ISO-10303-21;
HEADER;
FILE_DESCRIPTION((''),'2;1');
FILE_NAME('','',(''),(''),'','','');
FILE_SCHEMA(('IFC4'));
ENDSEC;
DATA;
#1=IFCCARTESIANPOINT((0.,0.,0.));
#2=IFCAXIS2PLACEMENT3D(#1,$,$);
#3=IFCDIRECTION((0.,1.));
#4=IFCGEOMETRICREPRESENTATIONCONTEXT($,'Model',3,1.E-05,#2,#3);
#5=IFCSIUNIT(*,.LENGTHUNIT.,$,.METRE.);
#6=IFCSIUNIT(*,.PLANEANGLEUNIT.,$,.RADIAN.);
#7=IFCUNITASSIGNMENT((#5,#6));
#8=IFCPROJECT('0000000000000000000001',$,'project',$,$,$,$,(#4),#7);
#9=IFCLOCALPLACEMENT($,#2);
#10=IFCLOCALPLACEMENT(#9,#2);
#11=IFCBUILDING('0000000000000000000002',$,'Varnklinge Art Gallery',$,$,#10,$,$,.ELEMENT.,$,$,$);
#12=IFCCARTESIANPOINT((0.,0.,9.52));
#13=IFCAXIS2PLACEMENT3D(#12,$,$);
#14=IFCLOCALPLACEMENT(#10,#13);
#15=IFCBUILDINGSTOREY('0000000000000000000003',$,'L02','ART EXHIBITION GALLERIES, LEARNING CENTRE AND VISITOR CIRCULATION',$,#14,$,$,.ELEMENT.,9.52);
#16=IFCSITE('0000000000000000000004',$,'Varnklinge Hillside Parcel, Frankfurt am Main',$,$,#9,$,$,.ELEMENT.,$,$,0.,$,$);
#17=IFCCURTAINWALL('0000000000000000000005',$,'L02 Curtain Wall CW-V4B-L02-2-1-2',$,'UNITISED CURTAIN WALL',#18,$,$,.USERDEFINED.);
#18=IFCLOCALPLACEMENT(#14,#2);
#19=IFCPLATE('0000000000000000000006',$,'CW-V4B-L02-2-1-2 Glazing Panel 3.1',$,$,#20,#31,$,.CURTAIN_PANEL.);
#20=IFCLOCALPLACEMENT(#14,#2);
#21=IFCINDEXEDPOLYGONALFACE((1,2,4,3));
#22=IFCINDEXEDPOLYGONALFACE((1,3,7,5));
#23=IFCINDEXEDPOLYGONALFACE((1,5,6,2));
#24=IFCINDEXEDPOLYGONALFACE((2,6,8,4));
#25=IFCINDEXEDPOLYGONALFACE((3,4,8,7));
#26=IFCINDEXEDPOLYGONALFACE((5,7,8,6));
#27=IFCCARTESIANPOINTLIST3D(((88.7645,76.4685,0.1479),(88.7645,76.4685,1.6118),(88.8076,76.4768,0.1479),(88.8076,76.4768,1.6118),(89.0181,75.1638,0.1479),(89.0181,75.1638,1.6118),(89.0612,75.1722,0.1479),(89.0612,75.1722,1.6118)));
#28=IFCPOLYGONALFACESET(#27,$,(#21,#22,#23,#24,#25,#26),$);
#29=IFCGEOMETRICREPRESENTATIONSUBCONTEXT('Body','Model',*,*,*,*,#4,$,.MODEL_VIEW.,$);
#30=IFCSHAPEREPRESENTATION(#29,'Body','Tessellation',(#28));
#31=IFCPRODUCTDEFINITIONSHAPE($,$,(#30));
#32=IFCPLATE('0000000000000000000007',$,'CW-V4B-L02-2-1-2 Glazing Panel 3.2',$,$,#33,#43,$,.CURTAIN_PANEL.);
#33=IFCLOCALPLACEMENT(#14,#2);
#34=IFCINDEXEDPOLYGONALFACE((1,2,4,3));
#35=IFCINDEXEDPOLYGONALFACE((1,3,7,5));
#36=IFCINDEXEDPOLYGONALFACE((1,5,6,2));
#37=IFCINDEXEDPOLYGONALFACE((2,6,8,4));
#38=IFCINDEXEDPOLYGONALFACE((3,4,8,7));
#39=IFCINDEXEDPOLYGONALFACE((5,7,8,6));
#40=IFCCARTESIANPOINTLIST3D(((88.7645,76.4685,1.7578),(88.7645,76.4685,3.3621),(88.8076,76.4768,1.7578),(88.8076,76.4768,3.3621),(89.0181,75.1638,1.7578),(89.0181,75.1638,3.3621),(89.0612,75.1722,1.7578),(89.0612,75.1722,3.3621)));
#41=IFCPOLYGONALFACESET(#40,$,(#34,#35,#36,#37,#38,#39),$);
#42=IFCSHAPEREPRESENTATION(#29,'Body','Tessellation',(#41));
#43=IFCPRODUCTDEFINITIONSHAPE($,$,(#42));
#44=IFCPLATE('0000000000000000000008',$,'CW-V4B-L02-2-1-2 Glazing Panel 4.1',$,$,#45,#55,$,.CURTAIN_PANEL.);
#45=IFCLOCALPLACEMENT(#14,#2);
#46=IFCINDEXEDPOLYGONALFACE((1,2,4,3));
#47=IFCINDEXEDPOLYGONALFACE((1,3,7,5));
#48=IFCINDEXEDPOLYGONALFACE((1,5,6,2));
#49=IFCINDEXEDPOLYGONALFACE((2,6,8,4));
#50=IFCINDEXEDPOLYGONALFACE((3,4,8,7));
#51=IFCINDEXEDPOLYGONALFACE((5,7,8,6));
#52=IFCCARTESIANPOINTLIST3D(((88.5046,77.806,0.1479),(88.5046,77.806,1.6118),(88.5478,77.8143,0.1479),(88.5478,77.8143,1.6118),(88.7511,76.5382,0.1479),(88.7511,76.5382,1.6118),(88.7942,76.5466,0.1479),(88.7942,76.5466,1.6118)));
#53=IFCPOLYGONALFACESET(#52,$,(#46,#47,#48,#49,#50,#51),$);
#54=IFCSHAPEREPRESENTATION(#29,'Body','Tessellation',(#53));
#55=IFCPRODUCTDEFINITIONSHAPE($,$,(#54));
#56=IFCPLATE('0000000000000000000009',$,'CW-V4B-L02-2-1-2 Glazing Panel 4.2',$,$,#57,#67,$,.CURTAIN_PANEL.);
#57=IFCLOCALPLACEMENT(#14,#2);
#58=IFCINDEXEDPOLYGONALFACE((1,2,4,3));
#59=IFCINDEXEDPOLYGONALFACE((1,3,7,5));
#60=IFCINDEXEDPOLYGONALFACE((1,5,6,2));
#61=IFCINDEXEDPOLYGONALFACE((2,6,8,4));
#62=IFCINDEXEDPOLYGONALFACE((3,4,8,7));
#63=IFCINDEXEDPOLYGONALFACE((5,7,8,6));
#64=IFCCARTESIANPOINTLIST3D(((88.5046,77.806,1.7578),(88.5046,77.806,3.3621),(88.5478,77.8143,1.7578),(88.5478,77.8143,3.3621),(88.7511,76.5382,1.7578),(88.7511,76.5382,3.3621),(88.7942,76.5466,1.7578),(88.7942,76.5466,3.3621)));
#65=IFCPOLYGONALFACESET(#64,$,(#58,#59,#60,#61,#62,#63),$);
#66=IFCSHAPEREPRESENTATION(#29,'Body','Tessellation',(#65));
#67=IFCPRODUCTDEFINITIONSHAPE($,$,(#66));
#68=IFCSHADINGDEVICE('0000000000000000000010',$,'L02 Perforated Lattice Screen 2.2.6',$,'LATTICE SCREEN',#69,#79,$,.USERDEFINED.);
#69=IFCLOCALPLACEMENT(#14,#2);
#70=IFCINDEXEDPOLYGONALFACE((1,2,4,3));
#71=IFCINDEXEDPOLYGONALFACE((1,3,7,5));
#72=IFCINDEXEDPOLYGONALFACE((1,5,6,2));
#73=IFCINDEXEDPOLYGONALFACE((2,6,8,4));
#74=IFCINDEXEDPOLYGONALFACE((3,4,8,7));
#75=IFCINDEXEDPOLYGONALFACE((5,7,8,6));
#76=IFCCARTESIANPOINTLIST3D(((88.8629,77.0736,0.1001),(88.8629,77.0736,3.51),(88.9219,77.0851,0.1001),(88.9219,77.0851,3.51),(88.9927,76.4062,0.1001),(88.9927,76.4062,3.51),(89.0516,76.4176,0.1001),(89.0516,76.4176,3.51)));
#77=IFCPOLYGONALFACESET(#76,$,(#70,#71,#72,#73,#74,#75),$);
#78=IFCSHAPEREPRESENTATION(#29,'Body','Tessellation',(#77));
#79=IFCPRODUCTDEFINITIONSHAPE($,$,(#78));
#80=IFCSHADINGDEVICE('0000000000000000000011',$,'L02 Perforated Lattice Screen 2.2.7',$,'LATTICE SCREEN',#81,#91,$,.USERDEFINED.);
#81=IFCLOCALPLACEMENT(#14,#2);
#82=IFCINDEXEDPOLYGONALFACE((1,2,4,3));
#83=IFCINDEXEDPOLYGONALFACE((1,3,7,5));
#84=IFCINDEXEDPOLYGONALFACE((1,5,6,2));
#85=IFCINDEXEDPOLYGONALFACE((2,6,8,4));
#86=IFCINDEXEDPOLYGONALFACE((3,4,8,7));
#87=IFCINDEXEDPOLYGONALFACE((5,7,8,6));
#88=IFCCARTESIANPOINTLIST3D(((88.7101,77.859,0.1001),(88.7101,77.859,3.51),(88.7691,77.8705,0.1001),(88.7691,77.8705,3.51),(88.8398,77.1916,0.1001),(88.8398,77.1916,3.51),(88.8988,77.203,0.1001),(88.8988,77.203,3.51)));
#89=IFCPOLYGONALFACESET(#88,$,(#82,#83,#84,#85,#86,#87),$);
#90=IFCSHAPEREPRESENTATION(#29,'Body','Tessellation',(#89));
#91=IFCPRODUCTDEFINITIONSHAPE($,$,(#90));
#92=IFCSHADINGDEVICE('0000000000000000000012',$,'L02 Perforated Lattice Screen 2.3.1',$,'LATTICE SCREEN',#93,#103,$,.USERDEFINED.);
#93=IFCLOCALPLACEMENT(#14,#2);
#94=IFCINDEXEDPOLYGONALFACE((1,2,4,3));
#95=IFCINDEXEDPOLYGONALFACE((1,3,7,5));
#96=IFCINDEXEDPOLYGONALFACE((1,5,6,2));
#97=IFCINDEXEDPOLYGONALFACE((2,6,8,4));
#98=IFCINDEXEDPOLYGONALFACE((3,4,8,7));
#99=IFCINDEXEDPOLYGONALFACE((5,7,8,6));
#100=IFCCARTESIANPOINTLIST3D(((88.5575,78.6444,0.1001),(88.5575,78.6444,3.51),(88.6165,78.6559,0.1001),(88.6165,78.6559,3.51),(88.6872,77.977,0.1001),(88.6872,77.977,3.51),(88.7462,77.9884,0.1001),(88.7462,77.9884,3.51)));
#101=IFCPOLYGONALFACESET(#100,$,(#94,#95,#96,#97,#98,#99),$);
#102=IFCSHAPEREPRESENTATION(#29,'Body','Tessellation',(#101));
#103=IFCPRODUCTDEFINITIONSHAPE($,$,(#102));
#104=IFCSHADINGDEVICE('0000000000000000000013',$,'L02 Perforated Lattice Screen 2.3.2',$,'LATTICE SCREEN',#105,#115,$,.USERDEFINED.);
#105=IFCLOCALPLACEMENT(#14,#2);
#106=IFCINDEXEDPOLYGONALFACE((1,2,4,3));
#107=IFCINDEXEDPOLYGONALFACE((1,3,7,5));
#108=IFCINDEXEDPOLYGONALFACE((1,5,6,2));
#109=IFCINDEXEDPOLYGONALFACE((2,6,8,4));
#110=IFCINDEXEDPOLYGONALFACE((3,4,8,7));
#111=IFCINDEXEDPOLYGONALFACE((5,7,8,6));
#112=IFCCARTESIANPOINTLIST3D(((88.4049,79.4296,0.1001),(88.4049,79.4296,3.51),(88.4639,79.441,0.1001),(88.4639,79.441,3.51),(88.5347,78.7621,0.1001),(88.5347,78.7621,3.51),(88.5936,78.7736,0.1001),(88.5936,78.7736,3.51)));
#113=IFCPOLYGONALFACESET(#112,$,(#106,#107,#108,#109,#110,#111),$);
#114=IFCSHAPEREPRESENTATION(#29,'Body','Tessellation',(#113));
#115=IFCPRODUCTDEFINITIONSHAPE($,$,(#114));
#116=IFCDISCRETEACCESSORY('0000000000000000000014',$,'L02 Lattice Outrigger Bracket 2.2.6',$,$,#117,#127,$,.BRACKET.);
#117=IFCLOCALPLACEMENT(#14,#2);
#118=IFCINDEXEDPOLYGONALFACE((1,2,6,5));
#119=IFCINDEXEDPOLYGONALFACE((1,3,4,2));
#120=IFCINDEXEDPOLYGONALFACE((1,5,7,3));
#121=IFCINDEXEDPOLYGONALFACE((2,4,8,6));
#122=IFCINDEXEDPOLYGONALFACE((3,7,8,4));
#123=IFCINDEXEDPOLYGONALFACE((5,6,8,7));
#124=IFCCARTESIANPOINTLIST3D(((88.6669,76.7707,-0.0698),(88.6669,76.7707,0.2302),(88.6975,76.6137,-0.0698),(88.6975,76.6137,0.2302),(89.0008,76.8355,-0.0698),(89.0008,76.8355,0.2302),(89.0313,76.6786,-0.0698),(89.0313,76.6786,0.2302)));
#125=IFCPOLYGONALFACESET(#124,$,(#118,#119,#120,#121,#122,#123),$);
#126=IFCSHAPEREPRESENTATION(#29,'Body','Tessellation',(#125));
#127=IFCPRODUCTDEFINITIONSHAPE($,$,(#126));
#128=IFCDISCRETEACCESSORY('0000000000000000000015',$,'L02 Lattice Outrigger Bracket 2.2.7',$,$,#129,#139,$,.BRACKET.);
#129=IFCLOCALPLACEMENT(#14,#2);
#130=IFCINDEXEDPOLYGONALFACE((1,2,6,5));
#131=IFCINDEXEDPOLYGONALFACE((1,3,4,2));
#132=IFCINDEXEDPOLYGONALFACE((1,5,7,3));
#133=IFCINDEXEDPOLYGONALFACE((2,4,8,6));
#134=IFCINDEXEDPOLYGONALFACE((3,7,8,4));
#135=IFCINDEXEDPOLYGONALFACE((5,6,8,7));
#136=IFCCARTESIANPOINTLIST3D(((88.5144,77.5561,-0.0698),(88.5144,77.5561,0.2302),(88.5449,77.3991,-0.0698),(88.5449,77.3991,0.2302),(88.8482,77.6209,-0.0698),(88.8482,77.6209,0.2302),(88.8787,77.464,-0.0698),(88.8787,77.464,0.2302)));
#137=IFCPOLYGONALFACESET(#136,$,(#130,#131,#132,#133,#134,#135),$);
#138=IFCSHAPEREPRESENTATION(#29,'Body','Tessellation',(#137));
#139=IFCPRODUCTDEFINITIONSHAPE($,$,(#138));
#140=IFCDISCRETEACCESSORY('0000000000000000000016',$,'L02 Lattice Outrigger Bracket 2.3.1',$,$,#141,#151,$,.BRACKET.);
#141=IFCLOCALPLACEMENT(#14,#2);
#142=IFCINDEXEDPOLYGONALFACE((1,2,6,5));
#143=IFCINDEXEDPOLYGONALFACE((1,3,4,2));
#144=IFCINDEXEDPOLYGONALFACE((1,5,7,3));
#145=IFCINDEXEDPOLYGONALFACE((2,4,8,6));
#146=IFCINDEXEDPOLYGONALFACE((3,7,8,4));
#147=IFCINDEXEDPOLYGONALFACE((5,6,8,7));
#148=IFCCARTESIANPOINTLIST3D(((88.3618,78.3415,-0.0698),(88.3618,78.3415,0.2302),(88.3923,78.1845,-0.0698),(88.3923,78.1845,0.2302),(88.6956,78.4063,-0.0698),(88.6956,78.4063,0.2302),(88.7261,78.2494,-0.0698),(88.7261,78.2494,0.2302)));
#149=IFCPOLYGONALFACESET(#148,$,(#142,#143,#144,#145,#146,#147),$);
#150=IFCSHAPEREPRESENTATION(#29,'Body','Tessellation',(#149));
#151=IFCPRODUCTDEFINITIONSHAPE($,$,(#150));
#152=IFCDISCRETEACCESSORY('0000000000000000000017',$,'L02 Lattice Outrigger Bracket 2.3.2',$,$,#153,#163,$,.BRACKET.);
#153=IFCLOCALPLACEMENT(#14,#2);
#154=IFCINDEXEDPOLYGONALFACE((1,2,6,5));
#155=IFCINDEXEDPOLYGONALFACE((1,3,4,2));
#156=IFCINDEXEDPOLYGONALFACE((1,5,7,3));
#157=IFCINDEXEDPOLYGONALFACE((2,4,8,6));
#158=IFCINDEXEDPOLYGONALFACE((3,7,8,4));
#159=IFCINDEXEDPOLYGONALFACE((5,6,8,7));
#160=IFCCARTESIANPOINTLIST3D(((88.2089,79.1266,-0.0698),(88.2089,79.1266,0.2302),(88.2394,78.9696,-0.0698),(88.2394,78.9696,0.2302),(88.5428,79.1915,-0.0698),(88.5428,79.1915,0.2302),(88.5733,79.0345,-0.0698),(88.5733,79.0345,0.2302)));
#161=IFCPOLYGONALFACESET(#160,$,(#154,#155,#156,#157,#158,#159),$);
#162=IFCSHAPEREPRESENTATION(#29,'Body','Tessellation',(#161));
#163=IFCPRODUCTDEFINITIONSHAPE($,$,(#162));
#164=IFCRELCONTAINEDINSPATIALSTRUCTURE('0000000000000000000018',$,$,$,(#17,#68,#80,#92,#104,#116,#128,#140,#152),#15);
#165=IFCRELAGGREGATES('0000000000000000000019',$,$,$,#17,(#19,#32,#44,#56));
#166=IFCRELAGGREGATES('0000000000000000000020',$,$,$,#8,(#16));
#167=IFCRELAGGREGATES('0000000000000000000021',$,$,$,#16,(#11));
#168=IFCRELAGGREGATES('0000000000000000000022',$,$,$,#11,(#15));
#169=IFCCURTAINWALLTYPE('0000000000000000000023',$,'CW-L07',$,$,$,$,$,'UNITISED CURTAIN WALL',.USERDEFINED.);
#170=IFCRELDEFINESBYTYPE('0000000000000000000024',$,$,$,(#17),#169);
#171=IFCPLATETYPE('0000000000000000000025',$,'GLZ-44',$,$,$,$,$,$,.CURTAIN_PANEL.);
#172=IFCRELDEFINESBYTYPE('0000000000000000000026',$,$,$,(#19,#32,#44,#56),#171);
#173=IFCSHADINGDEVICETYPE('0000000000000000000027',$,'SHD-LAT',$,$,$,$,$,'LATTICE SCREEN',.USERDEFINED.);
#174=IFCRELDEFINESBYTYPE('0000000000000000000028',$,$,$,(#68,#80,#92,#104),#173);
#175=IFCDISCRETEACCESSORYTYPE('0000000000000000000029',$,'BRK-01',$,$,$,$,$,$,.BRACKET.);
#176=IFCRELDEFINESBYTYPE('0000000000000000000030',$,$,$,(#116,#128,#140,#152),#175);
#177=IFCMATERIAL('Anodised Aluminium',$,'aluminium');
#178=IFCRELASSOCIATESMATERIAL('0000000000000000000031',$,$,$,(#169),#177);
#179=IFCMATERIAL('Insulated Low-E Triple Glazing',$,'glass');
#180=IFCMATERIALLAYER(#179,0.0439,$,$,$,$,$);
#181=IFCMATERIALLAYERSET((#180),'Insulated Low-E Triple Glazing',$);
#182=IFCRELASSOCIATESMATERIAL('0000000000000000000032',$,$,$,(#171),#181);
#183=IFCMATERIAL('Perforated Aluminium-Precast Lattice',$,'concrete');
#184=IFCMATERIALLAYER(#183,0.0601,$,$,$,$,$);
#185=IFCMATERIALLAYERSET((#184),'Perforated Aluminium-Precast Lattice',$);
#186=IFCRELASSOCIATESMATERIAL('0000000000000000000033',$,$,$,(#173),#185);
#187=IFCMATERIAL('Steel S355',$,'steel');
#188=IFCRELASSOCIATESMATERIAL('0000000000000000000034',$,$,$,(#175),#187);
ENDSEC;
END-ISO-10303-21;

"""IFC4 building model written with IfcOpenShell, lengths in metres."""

from ifc_helpers import new_model, si_unit, direction, frame, origin, origin_2d, place, context, subcontext, project, spatial, rectangle, extrude, material, layer, layer_set, type_object, element, aggregate, save


model = new_model("IFC4")

# Units and contexts
model_context = context("Model", 3, precision=1e-05, world=origin(), true_north=direction((0.0, 1.0)))
body_context = subcontext(model_context, "Body", "Model", "MODEL_VIEW")
ifc_project = project(units=[si_unit("LENGTHUNIT", "METRE"), si_unit("PLANEANGLEUNIT", "RADIAN")], contexts=[model_context])

# Site, building, storey
site_placement = place(None, origin())
site = spatial("IfcSite", under=ifc_project, at=site_placement, Name="Varnklinge Hillside Parcel, Frankfurt am Main", CompositionType="ELEMENT", RefElevation=0.0)
building_placement = place(site_placement, origin())
building = spatial("IfcBuilding", under=site, at=building_placement, Name="Varnklinge Art Gallery", CompositionType="ELEMENT")
storey_placement = place(building_placement, frame((0.0, 0.0, 9.52)))
storey = spatial("IfcBuildingStorey", under=building, at=storey_placement, Name="L02", Description="ART EXHIBITION GALLERIES, LEARNING CENTRE AND VISITOR CIRCULATION", CompositionType="ELEMENT", Elevation=9.52)

# Curtain wall
ifc_material_1 = material(Name="Anodised Aluminium", Category="aluminium")
curtain_wall_type = type_object("IfcCurtainWallType", Name="CW-L07", ElementType="UNITISED CURTAIN WALL", PredefinedType="USERDEFINED", material=ifc_material_1)
curtain_wall_1_placement = place(storey_placement, origin())
curtain_wall_1 = element("IfcCurtainWall", 1, at=curtain_wall_1_placement, inside=storey, type_object=curtain_wall_type, Name="L02 Curtain Wall CW-V4B-L02-2-1-2", ObjectType="UNITISED CURTAIN WALL", PredefinedType="USERDEFINED")

# Plates
ifc_material_2 = material(Name="Insulated Low-E Triple Glazing", Category="glass")
ifc_layer_1 = layer(ifc_material_2, 0.0439)
ifc_layer_set_1 = layer_set([ifc_layer_1], Name="Insulated Low-E Triple Glazing")
plate_type = type_object("IfcPlateType", Name="GLZ-44", PredefinedType="CURTAIN_PANEL", material=ifc_layer_set_1)
plate_1_placement = place(storey_placement, frame((88.9128, 75.8203, 0.1479), z_axis=(0.0, 0.0, 1.0), x_axis=(-0.190809, 0.981627, 0.0)))
plate_1 = element("IfcPlate", 2, at=plate_1_placement, type_object=plate_type, Name="CW-V4B-L02-2-1-2 Glazing Panel 3.1", PredefinedType="CURTAIN_PANEL", context=body_context, shape_type="SweptSolid", body=[
    extrude(rectangle(XDim=1.3291, YDim=0.0439, at=origin_2d()), origin(), (0.0, 0.0, 1.0), 1.4639),
])
plate_2_placement = place(storey_placement, frame((88.9128, 75.8203, 1.7578), z_axis=(0.0, 0.0, 1.0), x_axis=(-0.190809, 0.981627, 0.0)))
plate_2 = element("IfcPlate", 3, at=plate_2_placement, type_object=plate_type, Name="CW-V4B-L02-2-1-2 Glazing Panel 3.2", PredefinedType="CURTAIN_PANEL", context=body_context, shape_type="SweptSolid", body=[
    extrude(rectangle(XDim=1.3291, YDim=0.0439, at=origin_2d()), origin(), (0.0, 0.0, 1.0), 1.6042),
])
plate_3_placement = place(storey_placement, frame((88.6494, 77.1763, 0.1479), z_axis=(0.0, 0.0, 1.0), x_axis=(-0.190809, 0.981627, 0.0)))
plate_3 = element("IfcPlate", 4, at=plate_3_placement, type_object=plate_type, Name="CW-V4B-L02-2-1-2 Glazing Panel 4.1", PredefinedType="CURTAIN_PANEL", context=body_context, shape_type="SweptSolid", body=[
    extrude(rectangle(XDim=1.2915, YDim=0.0439, at=origin_2d()), origin(), (0.0, 0.0, 1.0), 1.4639),
])
plate_4_placement = place(storey_placement, frame((88.6494, 77.1763, 1.7578), z_axis=(0.0, 0.0, 1.0), x_axis=(-0.190809, 0.981627, 0.0)))
plate_4 = element("IfcPlate", 5, at=plate_4_placement, type_object=plate_type, Name="CW-V4B-L02-2-1-2 Glazing Panel 4.2", PredefinedType="CURTAIN_PANEL", context=body_context, shape_type="SweptSolid", body=[
    extrude(rectangle(XDim=1.2915, YDim=0.0439, at=origin_2d()), origin(), (0.0, 0.0, 1.0), 1.6042),
])
aggregate(curtain_wall_1, [plate_1, plate_2, plate_3, plate_4])

# Shading devices
ifc_material_3 = material(Name="Perforated Aluminium-Precast Lattice", Category="concrete")
ifc_layer_2 = layer(ifc_material_3, 0.0601)
ifc_layer_set_2 = layer_set([ifc_layer_2], Name="Perforated Aluminium-Precast Lattice")
shading_device_type = type_object("IfcShadingDeviceType", Name="SHD-LAT", ElementType="LATTICE SCREEN", PredefinedType="USERDEFINED", material=ifc_layer_set_2)
for number, where, z_axis, x_axis, name in (
    (6, (88.9573, 76.7456, 0.1001), (0.0, 0.0, 1.0), (-0.190809, 0.981627, 0.0), "L02 Perforated Lattice Screen 2.2.6"),
    (7, (88.8044, 77.531, 0.1001), (0.0, 0.0, 1.0), (-0.190809, 0.981627, 0.0), "L02 Perforated Lattice Screen 2.2.7"),
    (8, (88.6519, 78.3164, 0.1001), (0.0, 0.0, 1.0), (-0.190809, 0.981627, 0.0), "L02 Perforated Lattice Screen 2.3.1"),
    (9, (88.4993, 79.1016, 0.1001), (0.0, 0.0, 1.0), (-0.190809, 0.981627, 0.0), "L02 Perforated Lattice Screen 2.3.2"),
):
    element("IfcShadingDevice", number, at=place(storey_placement, frame(where, z_axis=z_axis, x_axis=x_axis)), inside=storey, type_object=shading_device_type, Name=name, ObjectType="LATTICE SCREEN", PredefinedType="USERDEFINED", context=body_context, shape_type="SweptSolid", body=[
        extrude(rectangle(XDim=0.6799, YDim=0.0601, at=origin_2d()), origin(), (0.0, 0.0, 1.0), 3.4099),
    ])

# Discrete accessories
ifc_material_4 = material(Name="Steel S355", Category="steel")
discrete_accessory_type = type_object("IfcDiscreteAccessoryType", Name="BRK-01", PredefinedType="BRACKET", material=ifc_material_4)
for number, where, z_axis, x_axis, name in (
    (10, (88.8491, 76.7246, -0.0698), (0.0, 0.0, 1.0), (-0.190809, 0.981627, 0.0), "L02 Lattice Outrigger Bracket 2.2.6"),
    (11, (88.6965, 77.51, -0.0698), (0.0, 0.0, 1.0), (-0.190809, 0.981627, 0.0), "L02 Lattice Outrigger Bracket 2.2.7"),
    (12, (88.5439, 78.2954, -0.0698), (0.0, 0.0, 1.0), (-0.190809, 0.981627, 0.0), "L02 Lattice Outrigger Bracket 2.3.1"),
    (13, (88.3911, 79.0806, -0.0698), (0.0, 0.0, 1.0), (-0.190809, 0.981627, 0.0), "L02 Lattice Outrigger Bracket 2.3.2"),
):
    element("IfcDiscreteAccessory", number, at=place(storey_placement, frame(where, z_axis=z_axis, x_axis=x_axis)), inside=storey, type_object=discrete_accessory_type, Name=name, PredefinedType="BRACKET", context=body_context, shape_type="SweptSolid", body=[
        extrude(rectangle(XDim=0.1599, YDim=0.3401, at=origin_2d()), origin(), (0.0, 0.0, 1.0), 0.3),
    ])

save(model, "model.ifc")
